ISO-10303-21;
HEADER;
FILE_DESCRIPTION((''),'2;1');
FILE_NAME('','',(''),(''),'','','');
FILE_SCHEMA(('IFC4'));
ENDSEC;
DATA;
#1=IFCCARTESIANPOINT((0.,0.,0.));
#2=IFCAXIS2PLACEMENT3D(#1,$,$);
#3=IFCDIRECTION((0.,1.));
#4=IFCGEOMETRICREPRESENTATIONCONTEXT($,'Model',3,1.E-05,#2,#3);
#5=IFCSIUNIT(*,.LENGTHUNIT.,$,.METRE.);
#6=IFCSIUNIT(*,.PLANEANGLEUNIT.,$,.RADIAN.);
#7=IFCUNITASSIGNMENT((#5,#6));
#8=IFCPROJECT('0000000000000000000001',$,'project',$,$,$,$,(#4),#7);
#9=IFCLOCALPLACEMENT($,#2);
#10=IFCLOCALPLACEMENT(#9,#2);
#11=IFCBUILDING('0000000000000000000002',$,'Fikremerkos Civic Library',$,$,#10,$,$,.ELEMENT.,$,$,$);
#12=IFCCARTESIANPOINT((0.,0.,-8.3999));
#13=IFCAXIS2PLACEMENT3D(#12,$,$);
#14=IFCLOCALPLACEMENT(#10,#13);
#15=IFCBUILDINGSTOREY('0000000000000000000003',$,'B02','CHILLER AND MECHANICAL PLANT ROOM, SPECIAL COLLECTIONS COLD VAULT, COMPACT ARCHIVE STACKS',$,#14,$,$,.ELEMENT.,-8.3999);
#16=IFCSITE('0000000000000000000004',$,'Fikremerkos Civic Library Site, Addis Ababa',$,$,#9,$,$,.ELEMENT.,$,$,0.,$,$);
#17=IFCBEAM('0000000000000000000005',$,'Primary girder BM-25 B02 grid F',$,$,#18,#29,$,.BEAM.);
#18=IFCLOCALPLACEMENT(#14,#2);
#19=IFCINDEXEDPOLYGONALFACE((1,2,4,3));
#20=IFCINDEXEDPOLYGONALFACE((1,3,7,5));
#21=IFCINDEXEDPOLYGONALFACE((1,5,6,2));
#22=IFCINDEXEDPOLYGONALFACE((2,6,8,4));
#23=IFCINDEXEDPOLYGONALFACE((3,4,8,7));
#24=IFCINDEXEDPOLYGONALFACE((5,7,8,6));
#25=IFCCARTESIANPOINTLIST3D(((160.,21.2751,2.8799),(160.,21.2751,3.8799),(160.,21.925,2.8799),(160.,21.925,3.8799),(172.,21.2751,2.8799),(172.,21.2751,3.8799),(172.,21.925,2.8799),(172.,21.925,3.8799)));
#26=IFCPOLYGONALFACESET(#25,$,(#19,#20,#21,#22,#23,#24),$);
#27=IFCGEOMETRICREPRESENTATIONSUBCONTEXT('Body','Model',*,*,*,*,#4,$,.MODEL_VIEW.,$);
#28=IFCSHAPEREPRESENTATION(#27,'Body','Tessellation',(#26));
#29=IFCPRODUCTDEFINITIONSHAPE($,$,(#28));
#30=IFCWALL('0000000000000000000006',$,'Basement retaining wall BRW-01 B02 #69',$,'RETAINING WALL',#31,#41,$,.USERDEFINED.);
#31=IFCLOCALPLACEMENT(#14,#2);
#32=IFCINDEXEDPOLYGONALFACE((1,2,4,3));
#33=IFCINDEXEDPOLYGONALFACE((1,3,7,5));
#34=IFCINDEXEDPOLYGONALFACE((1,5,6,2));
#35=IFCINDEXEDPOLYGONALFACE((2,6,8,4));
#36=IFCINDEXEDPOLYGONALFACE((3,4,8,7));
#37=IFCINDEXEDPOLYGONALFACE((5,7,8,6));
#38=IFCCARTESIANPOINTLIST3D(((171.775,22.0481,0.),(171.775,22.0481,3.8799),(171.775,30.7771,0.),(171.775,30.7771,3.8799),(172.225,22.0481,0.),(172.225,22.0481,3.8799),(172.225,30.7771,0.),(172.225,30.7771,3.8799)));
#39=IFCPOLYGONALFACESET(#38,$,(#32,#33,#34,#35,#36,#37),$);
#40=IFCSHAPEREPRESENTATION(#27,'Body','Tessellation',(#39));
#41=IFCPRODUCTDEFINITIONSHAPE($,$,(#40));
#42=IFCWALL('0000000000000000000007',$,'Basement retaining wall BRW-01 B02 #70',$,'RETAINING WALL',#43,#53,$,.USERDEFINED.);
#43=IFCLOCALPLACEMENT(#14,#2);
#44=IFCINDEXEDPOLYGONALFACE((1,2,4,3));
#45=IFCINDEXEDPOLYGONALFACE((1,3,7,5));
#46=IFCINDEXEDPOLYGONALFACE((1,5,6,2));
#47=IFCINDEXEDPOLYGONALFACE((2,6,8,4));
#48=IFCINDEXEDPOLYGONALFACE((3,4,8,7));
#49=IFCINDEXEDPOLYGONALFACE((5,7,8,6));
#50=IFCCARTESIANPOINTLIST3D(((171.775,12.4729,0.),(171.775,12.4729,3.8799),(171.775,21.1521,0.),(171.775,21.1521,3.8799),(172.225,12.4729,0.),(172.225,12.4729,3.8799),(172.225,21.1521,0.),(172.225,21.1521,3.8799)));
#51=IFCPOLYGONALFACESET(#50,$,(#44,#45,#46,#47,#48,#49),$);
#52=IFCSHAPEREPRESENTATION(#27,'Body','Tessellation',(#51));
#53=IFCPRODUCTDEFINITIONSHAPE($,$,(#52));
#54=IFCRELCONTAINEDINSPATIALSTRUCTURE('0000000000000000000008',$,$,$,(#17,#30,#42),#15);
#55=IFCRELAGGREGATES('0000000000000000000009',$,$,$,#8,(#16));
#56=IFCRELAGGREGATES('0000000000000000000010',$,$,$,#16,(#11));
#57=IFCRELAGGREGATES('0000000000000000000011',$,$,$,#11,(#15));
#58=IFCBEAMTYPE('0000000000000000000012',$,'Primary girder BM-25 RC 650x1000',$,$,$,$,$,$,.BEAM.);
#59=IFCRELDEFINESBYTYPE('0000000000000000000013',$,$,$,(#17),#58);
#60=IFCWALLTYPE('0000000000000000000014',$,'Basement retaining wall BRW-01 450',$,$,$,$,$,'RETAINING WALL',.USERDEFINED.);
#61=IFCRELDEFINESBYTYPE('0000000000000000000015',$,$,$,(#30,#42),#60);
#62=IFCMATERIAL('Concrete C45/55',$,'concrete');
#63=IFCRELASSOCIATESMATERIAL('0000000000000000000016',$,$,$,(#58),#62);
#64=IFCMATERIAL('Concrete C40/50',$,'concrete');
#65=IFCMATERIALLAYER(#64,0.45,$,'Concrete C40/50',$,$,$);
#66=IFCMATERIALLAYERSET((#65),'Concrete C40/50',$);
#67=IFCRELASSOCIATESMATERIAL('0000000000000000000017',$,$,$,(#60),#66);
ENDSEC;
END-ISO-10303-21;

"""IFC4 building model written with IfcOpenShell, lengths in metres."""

from ifc_helpers import new_model, si_unit, direction, frame, frame_2d, origin, origin_2d, place, context, subcontext, project, spatial, rectangle, extrude, material, layer, layer_set, material_profile, profile_set, type_object, element, save


model = new_model("IFC4")

# Units and contexts
model_context = context("Model", 3, precision=1e-05, world=origin(), true_north=direction((0.0, 1.0)))
body_context = subcontext(model_context, "Body", "Model", "MODEL_VIEW")
ifc_project = project(units=[si_unit("LENGTHUNIT", "METRE"), si_unit("PLANEANGLEUNIT", "RADIAN")], contexts=[model_context])

# Site, building, storey
site_placement = place(None, origin())
site = spatial("IfcSite", under=ifc_project, at=site_placement, Name="Fikremerkos Civic Library Site, Addis Ababa", CompositionType="ELEMENT", RefElevation=0.0)
building_placement = place(site_placement, origin())
building = spatial("IfcBuilding", under=site, at=building_placement, Name="Fikremerkos Civic Library", CompositionType="ELEMENT")
storey_placement = place(building_placement, frame((0.0, 0.0, -8.3999)))
storey = spatial("IfcBuildingStorey", under=building, at=storey_placement, Name="B02", Description="CHILLER AND MECHANICAL PLANT ROOM, SPECIAL COLLECTIONS COLD VAULT, COMPACT ARCHIVE STACKS", CompositionType="ELEMENT", Elevation=-8.3999)

# Shared definitions
ifc_material_1 = material(Name="Concrete C40/50", Category="concrete")

# Shared definitions
ifc_material_2 = material(Name="Concrete C45/55", Category="concrete")

# Beam
ifc_material_profile_1 = material_profile(ifc_material_2, rectangle(XDim=0.6499, YDim=1.0, at=origin_2d()), Name="RC 650x1000")
ifc_profile_set_1 = profile_set([ifc_material_profile_1], Name="Concrete C45/55")
beam_type_1 = type_object("IfcBeamType", Name="Primary girder BM-25 RC 650x1000", PredefinedType="BEAM", material=ifc_profile_set_1)
beam_1_placement = place(storey_placement, frame((160.0, 21.6001, 3.3799), z_axis=(1.0, 0.0, 0.0), x_axis=(0.0, 1.0, 0.0)))
element("IfcBeam", 1, at=beam_1_placement, inside=storey, type_object=beam_type_1, Name="Primary girder BM-25 B02 grid F", PredefinedType="BEAM", context=body_context, shape_type="SweptSolid", body=[
    extrude(rectangle(XDim=0.6499, YDim=1.0, at=origin_2d()), origin(), (0.0, 0.0, 1.0), 12.0),
])

# Walls
ifc_layer = layer(ifc_material_1, 0.45, Name="Concrete C40/50")
ifc_layer_set = layer_set([ifc_layer], Name="Concrete C40/50")
wall_type = type_object("IfcWallType", Name="Basement retaining wall BRW-01 450", ElementType="RETAINING WALL", PredefinedType="USERDEFINED", material=ifc_layer_set)
wall_1_placement = place(storey_placement, frame((172.0, 30.7771, 0.0), z_axis=(0.0, 0.0, 1.0), x_axis=(0.0, -1.0, 0.0)))
element("IfcWall", 2, at=wall_1_placement, inside=storey, type_object=wall_type, Name="Basement retaining wall BRW-01 B02 #69", ObjectType="RETAINING WALL", PredefinedType="USERDEFINED", context=body_context, shape_type="SweptSolid", body=[
    extrude(rectangle(XDim=8.729, YDim=0.45, at=frame_2d((4.3645, 0.0))), origin(), (0.0, 0.0, 1.0), 3.8799),
])
wall_2_placement = place(storey_placement, frame((172.0, 21.1521, 0.0), z_axis=(0.0, 0.0, 1.0), x_axis=(0.0, -1.0, 0.0)))
element("IfcWall", 3, at=wall_2_placement, inside=storey, type_object=wall_type, Name="Basement retaining wall BRW-01 B02 #70", ObjectType="RETAINING WALL", PredefinedType="USERDEFINED", context=body_context, shape_type="SweptSolid", body=[
    extrude(rectangle(XDim=8.6792, YDim=0.45, at=frame_2d((4.3396, 0.0))), origin(), (0.0, 0.0, 1.0), 3.8799),
])

save(model, "model.ifc")
